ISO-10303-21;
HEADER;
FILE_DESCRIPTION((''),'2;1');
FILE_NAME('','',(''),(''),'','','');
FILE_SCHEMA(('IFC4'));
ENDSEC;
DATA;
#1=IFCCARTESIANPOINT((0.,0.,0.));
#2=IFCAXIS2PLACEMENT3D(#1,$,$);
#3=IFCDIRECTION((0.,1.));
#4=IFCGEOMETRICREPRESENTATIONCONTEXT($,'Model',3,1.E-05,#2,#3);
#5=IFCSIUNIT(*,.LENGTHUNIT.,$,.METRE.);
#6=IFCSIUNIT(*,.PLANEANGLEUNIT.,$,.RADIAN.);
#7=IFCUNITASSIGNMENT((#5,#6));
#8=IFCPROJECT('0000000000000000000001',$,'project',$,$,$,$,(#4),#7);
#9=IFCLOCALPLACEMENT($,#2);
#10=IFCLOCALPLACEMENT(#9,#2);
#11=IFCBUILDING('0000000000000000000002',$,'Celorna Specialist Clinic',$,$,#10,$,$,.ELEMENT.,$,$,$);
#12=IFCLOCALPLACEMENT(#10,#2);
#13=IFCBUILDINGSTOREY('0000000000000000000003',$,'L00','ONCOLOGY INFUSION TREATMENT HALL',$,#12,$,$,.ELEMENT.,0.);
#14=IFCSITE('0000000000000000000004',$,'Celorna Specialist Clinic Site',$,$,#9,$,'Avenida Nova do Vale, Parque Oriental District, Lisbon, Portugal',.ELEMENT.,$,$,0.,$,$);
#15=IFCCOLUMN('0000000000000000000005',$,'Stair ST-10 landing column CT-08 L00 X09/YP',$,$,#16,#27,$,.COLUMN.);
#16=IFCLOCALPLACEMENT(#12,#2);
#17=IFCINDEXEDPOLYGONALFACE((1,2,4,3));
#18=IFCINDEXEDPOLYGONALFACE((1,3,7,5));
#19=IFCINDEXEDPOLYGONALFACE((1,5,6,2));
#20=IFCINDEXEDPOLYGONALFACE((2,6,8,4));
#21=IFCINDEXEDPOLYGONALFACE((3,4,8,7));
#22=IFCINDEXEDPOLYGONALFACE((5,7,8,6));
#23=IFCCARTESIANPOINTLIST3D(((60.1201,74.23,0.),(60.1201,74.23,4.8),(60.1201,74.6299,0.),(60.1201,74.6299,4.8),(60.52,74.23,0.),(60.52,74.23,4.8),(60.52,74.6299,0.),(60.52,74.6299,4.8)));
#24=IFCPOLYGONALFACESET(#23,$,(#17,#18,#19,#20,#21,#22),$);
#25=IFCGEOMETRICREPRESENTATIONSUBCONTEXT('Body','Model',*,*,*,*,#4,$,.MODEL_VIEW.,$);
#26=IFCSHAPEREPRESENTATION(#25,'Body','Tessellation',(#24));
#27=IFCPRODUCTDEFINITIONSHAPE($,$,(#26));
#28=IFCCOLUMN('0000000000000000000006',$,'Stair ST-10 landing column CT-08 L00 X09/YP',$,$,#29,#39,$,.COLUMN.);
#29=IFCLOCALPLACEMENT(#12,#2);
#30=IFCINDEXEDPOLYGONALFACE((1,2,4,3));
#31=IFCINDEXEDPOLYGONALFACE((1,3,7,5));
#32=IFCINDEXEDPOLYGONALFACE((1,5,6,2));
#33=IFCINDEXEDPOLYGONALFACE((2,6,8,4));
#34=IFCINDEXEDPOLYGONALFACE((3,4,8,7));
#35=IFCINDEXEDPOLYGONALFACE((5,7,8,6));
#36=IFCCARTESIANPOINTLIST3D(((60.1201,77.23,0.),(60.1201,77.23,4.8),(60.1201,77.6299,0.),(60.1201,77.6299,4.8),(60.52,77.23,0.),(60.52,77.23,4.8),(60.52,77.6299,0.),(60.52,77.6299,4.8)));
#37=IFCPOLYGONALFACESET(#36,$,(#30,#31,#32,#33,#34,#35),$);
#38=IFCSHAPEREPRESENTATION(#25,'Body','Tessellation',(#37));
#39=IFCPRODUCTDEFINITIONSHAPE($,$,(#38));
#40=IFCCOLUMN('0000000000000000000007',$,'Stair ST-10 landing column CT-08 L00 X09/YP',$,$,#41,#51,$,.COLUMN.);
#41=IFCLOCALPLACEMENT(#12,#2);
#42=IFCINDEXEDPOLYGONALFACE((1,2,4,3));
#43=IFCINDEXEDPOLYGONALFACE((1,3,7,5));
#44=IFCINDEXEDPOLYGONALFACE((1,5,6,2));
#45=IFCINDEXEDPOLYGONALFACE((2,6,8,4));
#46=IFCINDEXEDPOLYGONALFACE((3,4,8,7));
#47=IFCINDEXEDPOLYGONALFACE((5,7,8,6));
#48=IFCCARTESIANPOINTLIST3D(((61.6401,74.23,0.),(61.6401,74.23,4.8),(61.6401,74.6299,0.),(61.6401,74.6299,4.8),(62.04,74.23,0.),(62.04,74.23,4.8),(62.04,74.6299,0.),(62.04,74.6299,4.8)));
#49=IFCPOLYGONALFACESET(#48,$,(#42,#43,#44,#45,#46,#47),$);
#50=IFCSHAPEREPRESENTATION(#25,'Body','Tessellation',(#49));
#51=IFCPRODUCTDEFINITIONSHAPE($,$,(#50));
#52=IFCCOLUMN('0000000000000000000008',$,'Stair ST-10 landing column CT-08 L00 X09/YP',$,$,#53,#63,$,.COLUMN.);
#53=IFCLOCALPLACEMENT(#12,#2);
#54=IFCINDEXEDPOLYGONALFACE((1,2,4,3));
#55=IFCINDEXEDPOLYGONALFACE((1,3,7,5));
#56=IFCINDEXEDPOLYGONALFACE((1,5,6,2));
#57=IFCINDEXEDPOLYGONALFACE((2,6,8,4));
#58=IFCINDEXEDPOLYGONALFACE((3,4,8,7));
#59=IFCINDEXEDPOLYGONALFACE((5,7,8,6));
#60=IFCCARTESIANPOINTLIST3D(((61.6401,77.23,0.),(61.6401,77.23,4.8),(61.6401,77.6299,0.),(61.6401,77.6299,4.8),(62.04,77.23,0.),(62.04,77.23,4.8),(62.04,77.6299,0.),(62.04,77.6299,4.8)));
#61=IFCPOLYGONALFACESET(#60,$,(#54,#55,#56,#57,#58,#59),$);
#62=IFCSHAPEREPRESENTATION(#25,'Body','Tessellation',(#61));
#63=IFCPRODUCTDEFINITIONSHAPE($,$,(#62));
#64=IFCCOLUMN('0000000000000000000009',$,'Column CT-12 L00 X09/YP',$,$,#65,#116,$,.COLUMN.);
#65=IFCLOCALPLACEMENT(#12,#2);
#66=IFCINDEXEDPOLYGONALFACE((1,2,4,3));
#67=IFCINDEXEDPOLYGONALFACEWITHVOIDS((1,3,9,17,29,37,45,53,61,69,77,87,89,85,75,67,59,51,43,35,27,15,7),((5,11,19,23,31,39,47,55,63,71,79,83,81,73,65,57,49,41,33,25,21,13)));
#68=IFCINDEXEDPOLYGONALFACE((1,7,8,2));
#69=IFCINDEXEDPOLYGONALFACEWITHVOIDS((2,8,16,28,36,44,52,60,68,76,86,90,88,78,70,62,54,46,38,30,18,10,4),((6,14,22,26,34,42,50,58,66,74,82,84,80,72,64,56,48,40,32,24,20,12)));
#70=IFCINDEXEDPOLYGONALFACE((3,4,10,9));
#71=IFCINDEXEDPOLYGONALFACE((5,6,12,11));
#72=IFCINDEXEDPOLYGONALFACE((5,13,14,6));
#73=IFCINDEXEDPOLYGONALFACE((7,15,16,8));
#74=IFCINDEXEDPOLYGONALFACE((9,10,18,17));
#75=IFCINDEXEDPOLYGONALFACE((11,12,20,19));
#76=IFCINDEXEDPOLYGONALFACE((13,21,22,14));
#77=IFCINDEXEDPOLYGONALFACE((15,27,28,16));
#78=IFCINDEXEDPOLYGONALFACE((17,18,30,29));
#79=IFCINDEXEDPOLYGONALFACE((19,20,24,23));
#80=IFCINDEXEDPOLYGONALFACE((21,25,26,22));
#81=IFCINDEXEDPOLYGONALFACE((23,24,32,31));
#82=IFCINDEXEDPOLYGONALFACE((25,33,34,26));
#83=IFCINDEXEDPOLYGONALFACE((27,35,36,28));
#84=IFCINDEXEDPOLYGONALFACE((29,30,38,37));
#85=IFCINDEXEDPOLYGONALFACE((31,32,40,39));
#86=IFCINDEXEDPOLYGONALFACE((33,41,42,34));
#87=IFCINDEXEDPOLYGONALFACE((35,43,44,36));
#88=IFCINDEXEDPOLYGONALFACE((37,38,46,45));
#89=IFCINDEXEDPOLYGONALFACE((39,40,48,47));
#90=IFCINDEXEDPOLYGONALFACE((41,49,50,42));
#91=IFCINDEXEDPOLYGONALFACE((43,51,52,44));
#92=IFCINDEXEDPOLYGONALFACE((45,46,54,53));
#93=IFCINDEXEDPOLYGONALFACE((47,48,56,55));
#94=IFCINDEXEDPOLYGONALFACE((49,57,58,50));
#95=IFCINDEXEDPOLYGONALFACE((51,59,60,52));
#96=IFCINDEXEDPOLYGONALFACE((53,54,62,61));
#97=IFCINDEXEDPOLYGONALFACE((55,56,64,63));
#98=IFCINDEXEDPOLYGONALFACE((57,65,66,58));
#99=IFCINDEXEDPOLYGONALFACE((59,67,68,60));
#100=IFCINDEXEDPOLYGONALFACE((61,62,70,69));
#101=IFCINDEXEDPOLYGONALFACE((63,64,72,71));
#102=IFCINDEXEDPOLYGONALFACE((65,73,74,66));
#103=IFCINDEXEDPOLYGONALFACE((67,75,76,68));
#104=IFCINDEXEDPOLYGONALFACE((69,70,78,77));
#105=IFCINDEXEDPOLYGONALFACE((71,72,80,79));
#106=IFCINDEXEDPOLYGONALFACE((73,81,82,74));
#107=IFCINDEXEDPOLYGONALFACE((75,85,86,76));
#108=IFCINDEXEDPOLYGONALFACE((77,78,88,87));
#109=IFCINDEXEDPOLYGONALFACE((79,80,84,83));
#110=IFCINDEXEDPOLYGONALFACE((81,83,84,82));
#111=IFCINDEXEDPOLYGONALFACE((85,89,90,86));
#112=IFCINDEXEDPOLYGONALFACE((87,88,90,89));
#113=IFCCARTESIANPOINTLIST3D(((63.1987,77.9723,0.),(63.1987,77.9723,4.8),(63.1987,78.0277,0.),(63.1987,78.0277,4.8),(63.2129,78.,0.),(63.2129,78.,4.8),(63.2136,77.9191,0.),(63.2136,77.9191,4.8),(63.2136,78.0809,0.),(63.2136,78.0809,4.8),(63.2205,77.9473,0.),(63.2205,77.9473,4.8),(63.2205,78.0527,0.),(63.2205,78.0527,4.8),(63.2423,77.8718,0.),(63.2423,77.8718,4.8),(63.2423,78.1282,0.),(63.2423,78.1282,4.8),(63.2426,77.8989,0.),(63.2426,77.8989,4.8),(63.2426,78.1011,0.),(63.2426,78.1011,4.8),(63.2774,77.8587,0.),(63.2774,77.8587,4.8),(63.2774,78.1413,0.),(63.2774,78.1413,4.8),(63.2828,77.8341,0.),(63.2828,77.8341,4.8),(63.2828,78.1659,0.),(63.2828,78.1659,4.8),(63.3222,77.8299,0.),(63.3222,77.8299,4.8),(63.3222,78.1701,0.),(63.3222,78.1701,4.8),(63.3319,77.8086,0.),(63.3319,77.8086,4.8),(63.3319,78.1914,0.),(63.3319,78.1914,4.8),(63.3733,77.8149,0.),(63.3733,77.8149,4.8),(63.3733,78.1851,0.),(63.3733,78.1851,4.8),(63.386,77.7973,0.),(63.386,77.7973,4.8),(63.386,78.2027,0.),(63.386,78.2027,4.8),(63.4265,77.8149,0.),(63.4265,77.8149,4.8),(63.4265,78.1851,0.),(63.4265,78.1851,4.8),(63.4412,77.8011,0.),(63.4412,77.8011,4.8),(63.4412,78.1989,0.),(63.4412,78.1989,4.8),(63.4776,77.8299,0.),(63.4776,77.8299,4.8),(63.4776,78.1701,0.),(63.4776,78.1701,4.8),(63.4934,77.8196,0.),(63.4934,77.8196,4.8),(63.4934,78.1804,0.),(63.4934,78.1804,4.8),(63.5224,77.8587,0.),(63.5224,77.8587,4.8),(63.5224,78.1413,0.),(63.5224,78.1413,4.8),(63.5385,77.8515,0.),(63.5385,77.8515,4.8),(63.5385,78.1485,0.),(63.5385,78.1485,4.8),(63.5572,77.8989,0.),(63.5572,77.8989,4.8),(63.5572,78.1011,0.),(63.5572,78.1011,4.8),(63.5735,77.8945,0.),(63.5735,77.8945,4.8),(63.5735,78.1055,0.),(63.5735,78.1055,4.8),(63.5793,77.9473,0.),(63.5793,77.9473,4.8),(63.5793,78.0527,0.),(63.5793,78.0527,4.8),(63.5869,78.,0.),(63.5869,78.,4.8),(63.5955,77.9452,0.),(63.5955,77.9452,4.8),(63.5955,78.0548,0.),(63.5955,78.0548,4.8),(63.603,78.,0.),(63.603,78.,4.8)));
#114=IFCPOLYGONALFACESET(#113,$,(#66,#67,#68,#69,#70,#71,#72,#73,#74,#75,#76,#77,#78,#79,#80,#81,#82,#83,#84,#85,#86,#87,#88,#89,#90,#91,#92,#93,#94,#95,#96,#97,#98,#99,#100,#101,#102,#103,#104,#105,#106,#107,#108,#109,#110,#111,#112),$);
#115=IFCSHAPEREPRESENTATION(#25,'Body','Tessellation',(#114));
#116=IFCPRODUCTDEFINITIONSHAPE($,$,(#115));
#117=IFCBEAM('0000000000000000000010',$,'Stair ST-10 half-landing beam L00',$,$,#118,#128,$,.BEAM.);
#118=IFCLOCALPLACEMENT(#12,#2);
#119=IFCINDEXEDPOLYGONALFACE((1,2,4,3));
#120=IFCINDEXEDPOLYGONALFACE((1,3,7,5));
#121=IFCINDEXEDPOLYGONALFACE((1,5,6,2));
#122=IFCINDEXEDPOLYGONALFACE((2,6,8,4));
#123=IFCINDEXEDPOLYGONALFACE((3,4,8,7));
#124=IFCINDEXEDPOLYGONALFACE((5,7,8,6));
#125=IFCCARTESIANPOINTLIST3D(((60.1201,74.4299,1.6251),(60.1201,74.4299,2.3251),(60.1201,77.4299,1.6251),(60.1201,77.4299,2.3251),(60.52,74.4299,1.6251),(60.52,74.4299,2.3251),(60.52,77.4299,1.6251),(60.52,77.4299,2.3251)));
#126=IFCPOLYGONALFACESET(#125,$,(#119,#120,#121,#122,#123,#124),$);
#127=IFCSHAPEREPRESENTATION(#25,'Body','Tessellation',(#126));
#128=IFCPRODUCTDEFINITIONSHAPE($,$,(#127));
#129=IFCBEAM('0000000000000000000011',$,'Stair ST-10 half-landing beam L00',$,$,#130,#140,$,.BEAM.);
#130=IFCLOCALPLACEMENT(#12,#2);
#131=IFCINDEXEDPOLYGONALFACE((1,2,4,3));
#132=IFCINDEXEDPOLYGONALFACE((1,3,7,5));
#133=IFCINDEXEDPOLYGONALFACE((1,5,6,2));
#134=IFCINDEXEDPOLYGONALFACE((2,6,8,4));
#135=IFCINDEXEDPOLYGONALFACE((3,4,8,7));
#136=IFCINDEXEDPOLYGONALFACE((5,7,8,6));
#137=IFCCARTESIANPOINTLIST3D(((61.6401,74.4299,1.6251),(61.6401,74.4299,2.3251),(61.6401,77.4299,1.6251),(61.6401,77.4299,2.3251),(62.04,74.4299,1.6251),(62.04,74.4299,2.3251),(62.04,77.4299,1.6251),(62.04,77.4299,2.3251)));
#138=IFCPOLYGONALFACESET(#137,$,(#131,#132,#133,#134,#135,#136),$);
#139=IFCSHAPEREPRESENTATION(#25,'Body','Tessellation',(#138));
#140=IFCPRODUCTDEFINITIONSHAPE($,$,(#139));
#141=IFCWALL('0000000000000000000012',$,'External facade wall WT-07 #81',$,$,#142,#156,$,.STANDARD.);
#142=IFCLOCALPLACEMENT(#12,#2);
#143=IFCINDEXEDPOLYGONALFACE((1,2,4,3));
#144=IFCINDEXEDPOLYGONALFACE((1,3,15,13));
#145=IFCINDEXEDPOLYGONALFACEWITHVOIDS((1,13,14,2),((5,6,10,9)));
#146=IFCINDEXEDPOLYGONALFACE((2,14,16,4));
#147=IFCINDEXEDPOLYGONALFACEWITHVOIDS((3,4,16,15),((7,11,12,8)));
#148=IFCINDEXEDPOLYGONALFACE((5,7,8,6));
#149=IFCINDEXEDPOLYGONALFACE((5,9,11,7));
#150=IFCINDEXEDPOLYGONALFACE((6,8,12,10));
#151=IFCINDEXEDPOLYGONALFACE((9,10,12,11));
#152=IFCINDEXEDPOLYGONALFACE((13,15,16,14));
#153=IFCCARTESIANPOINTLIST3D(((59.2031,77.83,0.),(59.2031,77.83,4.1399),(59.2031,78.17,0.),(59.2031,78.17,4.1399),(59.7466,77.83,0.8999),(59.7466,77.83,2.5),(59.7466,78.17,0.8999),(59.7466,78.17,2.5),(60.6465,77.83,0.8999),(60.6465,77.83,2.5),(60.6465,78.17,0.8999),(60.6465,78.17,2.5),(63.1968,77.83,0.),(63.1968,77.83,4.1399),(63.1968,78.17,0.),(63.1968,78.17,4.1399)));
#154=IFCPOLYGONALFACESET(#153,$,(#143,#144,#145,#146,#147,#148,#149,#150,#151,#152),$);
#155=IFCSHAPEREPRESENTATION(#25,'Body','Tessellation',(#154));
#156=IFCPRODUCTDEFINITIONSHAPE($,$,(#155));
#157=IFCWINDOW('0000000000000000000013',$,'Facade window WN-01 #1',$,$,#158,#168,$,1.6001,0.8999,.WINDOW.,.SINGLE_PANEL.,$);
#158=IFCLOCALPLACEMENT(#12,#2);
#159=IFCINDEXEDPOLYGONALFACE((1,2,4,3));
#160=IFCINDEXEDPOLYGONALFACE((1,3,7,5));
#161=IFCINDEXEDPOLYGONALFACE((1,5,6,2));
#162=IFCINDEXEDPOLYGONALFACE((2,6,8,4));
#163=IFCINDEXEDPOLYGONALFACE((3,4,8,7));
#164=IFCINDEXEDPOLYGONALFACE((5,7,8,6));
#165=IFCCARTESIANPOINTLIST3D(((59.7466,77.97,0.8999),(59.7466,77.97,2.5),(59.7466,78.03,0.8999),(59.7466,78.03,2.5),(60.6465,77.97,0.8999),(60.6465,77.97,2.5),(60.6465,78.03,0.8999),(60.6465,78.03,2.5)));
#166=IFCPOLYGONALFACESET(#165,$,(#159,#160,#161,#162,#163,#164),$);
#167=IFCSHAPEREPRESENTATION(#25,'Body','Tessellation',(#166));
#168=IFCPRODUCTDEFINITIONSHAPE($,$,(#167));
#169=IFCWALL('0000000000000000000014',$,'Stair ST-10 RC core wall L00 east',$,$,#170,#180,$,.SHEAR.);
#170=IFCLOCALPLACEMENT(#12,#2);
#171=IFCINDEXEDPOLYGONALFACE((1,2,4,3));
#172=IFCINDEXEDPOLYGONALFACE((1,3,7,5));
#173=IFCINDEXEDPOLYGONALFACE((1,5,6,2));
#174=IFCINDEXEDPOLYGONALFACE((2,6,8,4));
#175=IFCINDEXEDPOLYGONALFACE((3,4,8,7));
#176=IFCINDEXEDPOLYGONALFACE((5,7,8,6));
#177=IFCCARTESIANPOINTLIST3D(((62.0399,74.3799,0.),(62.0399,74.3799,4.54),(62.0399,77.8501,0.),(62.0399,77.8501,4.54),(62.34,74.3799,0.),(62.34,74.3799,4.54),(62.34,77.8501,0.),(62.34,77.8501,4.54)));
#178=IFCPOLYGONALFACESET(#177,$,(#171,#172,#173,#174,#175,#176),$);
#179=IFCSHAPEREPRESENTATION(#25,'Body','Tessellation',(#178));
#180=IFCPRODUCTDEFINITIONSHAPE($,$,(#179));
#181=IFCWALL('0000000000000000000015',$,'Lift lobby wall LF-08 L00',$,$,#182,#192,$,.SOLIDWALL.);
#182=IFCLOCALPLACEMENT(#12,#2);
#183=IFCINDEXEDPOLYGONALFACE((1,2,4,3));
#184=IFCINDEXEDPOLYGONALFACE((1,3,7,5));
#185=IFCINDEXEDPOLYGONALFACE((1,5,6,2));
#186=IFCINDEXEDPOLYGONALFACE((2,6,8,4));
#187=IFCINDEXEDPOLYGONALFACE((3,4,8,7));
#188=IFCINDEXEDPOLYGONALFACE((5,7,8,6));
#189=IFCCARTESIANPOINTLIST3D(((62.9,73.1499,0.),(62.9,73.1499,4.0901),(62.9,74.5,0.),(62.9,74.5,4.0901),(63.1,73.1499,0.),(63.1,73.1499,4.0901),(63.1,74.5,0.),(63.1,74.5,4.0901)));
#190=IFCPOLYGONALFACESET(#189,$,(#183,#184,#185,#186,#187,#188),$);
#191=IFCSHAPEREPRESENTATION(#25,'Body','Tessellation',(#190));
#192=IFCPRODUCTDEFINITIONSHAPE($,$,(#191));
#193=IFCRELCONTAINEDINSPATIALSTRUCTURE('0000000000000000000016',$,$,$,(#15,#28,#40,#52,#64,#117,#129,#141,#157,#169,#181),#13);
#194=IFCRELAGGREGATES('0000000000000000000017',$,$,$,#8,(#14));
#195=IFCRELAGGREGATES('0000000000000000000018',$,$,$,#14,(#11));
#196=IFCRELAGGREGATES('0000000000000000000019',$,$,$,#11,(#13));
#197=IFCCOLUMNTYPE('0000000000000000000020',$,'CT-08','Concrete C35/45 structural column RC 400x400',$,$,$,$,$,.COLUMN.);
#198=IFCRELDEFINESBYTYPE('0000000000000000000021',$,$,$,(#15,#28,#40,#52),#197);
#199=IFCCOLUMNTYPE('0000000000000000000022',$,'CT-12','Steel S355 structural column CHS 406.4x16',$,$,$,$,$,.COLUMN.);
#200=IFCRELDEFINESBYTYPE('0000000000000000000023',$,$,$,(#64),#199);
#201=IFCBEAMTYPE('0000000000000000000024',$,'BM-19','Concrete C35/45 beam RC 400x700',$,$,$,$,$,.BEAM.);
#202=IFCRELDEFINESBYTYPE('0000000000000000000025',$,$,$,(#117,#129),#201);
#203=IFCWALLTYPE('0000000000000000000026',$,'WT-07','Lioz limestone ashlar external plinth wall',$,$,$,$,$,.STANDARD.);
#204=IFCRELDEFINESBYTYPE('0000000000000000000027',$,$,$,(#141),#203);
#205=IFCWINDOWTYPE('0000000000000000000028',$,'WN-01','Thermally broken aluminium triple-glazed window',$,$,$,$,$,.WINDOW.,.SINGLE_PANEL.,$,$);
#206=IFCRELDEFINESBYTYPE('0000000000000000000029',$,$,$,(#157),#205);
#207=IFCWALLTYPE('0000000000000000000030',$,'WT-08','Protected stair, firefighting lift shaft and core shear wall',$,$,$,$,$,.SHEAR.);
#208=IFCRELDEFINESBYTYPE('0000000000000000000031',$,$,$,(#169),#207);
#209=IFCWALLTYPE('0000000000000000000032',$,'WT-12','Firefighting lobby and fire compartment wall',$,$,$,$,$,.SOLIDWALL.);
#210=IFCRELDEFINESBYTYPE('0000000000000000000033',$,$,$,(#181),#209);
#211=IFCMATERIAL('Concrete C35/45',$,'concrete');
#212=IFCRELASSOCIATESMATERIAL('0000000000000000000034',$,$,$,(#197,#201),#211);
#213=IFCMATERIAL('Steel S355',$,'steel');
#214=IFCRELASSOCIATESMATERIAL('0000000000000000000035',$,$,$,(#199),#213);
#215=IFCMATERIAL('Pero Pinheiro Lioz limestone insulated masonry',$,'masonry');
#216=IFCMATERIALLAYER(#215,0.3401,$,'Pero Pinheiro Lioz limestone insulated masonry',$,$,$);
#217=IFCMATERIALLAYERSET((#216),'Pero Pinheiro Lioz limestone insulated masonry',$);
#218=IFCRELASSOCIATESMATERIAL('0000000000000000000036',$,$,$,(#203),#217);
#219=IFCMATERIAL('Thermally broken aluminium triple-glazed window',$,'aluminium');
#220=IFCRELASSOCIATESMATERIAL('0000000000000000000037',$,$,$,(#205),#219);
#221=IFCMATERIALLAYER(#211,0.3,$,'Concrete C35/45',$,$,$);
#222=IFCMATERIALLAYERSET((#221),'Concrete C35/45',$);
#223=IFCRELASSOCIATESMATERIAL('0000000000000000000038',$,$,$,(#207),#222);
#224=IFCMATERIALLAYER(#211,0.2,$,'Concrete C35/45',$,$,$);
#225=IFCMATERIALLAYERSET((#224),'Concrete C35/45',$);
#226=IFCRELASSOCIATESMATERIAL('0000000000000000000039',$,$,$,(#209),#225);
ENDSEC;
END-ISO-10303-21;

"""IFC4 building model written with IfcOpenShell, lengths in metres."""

from ifc_helpers import new_model, si_unit, direction, frame, frame_2d, origin, origin_2d, place, context, subcontext, project, spatial, rectangle, hollow_circle, extrude, material, layer, layer_set, material_profile, profile_set, type_object, element, fill, save


model = new_model("IFC4")

# Units and contexts
model_context = context("Model", 3, precision=1e-05, world=origin(), true_north=direction((0.0, 1.0)))
body_context = subcontext(model_context, "Body", "Model", "MODEL_VIEW")
ifc_project = project(units=[si_unit("LENGTHUNIT", "METRE"), si_unit("PLANEANGLEUNIT", "RADIAN")], contexts=[model_context])

# Site, building, storey
site_placement = place(None, origin())
site = spatial("IfcSite", under=ifc_project, at=site_placement, Name="Celorna Specialist Clinic Site", LongName="Avenida Nova do Vale, Parque Oriental District, Lisbon, Portugal", CompositionType="ELEMENT", RefElevation=0.0)
building_placement = place(site_placement, origin())
building = spatial("IfcBuilding", under=site, at=building_placement, Name="Celorna Specialist Clinic", CompositionType="ELEMENT")
storey_placement = place(building_placement, origin())
storey = spatial("IfcBuildingStorey", under=building, at=storey_placement, Name="L00", Description="ONCOLOGY INFUSION TREATMENT HALL", CompositionType="ELEMENT", Elevation=0.0)

# Columns
ifc_material_1 = material(Name="Concrete C35/45", Category="concrete")
ifc_material_profile_1 = material_profile(ifc_material_1, rectangle(XDim=0.3999, YDim=0.3999, at=origin_2d()), Name="RC 400x400")
ifc_profile_set_1 = profile_set([ifc_material_profile_1], Name="Concrete C35/45")
column_type_1 = type_object("IfcColumnType", Name="CT-08", Description="Concrete C35/45 structural column RC 400x400", PredefinedType="COLUMN", material=ifc_profile_set_1)
for number, where, z_axis, x_axis, name in (
    (1, (60.3201, 74.4299, 0.0), (0.0, 0.0, 1.0), (1.0, 0.0, 0.0), "Stair ST-10 landing column CT-08 L00 X09/YP"),
    (2, (60.3201, 77.4299, 0.0), (0.0, 0.0, 1.0), (1.0, 0.0, 0.0), "Stair ST-10 landing column CT-08 L00 X09/YP"),
    (3, (61.8401, 74.4299, 0.0), (0.0, 0.0, 1.0), (1.0, 0.0, 0.0), "Stair ST-10 landing column CT-08 L00 X09/YP"),
    (4, (61.8401, 77.4299, 0.0), (0.0, 0.0, 1.0), (1.0, 0.0, 0.0), "Stair ST-10 landing column CT-08 L00 X09/YP"),
):
    element("IfcColumn", number, at=place(storey_placement, frame(where, z_axis=z_axis, x_axis=x_axis)), inside=storey, type_object=column_type_1, Name=name, PredefinedType="COLUMN", context=body_context, shape_type="SweptSolid", body=[
        extrude(rectangle(XDim=0.3999, YDim=0.3999, at=origin_2d()), origin(), (0.0, 0.0, 1.0), 4.8),
    ])
ifc_material_2 = material(Name="Steel S355", Category="steel")
ifc_material_profile_2 = material_profile(ifc_material_2, hollow_circle(Radius=0.2031, WallThickness=0.0161, at=origin_2d()), Name="CHS 406.4x16")
ifc_profile_set_2 = profile_set([ifc_material_profile_2], Name="Steel S355")
column_type_2 = type_object("IfcColumnType", Name="CT-12", Description="Steel S355 structural column CHS 406.4x16", PredefinedType="COLUMN", material=ifc_profile_set_2)
column_placement = place(storey_placement, frame((63.3999, 78.0, 0.0), z_axis=(0.0, 0.0, 1.0), x_axis=(1.0, 0.0, 0.0)))
element("IfcColumn", 5, at=column_placement, inside=storey, type_object=column_type_2, Name="Column CT-12 L00 X09/YP", PredefinedType="COLUMN", context=body_context, shape_type="SweptSolid", body=[
    extrude(hollow_circle(Radius=0.2031, WallThickness=0.0161, at=origin_2d()), origin(), (0.0, 0.0, 1.0), 4.8),
])

# Beams
ifc_material_profile_3 = material_profile(ifc_material_1, rectangle(XDim=0.3999, YDim=0.7, at=origin_2d()), Name="RC 400x700")
ifc_profile_set_3 = profile_set([ifc_material_profile_3], Name="Concrete C35/45")
beam_type = type_object("IfcBeamType", Name="BM-19", Description="Concrete C35/45 beam RC 400x700", PredefinedType="BEAM", material=ifc_profile_set_3)
for number, where, z_axis, x_axis, name in (
    (6, (60.3201, 74.4299, 1.9751), (0.0, 1.0, 0.0), (-1.0, 0.0, 0.0), "Stair ST-10 half-landing beam L00"),
    (7, (61.8401, 74.4299, 1.9751), (0.0, 1.0, 0.0), (-1.0, 0.0, 0.0), "Stair ST-10 half-landing beam L00"),
):
    element("IfcBeam", number, at=place(storey_placement, frame(where, z_axis=z_axis, x_axis=x_axis)), inside=storey, type_object=beam_type, Name=name, PredefinedType="BEAM", context=body_context, shape_type="SweptSolid", body=[
        extrude(rectangle(XDim=0.3999, YDim=0.7, at=origin_2d()), origin(), (0.0, 0.0, 1.0), 3.0),
    ])

# Wall, opening, window
ifc_material_3 = material(Name="Pero Pinheiro Lioz limestone insulated masonry", Category="masonry")
ifc_layer_1 = layer(ifc_material_3, 0.3401, Name="Pero Pinheiro Lioz limestone insulated masonry")
ifc_layer_set_1 = layer_set([ifc_layer_1], Name="Pero Pinheiro Lioz limestone insulated masonry")
wall_type_1 = type_object("IfcWallType", Name="WT-07", Description="Lioz limestone ashlar external plinth wall", PredefinedType="STANDARD", material=ifc_layer_set_1)
wall_1_placement = place(storey_placement, frame((59.2031, 78.0, 0.0), z_axis=(0.0, 0.0, 1.0), x_axis=(1.0, 0.0, 0.0)))
wall_1 = element("IfcWall", 8, at=wall_1_placement, inside=storey, type_object=wall_type_1, Name="External facade wall WT-07 #81", PredefinedType="STANDARD", context=body_context, shape_type="SweptSolid", body=[
    extrude(rectangle(XDim=3.9937, YDim=0.3401, at=frame_2d((1.9968, 0.0))), origin(), (0.0, 0.0, 1.0), 4.1399),
])
opening_placement = place(wall_1_placement, frame((0.5435, 0.0, 0.8999)))
opening = element("IfcOpeningElement", 9, at=opening_placement, cuts=wall_1, PredefinedType="OPENING", context=body_context, shape_type="SweptSolid", body=[
    extrude(rectangle(XDim=0.8999, YDim=1.6001, at=frame_2d((0.45, 0.8))), frame((0.0, 0.1799, 0.0), z_axis=(0.0, -1.0, 0.0), x_axis=(1.0, 0.0, 0.0)), (0.0, 0.0, 1.0), 0.3601),
])
ifc_material_4 = material(Name="Thermally broken aluminium triple-glazed window", Category="aluminium")
window_type = type_object("IfcWindowType", Name="WN-01", Description="Thermally broken aluminium triple-glazed window", PartitioningType="SINGLE_PANEL", PredefinedType="WINDOW", material=ifc_material_4)
window_placement = place(opening_placement, origin())
window = element("IfcWindow", 10, at=window_placement, inside=storey, type_object=window_type, Name="Facade window WN-01 #1", OverallHeight=1.6001, OverallWidth=0.8999, PartitioningType="SINGLE_PANEL", PredefinedType="WINDOW", context=body_context, shape_type="SweptSolid", body=[
    extrude(rectangle(XDim=0.8999, YDim=1.6001, at=frame_2d((0.45, 0.8))), frame((0.0, 0.03, 0.0), z_axis=(0.0, -1.0, 0.0), x_axis=(1.0, 0.0, 0.0)), (0.0, 0.0, 1.0), 0.0601),
])
fill(opening, window)

# Walls
ifc_layer_2 = layer(ifc_material_1, 0.3, Name="Concrete C35/45")
ifc_layer_set_2 = layer_set([ifc_layer_2], Name="Concrete C35/45")
wall_type_2 = type_object("IfcWallType", Name="WT-08", Description="Protected stair, firefighting lift shaft and core shear wall", PredefinedType="SHEAR", material=ifc_layer_set_2)
wall_2_placement = place(storey_placement, frame((62.1899, 74.3799, 0.0), z_axis=(0.0, 0.0, 1.0), x_axis=(0.0, 1.0, 0.0)))
element("IfcWall", 11, at=wall_2_placement, inside=storey, type_object=wall_type_2, Name="Stair ST-10 RC core wall L00 east", PredefinedType="SHEAR", context=body_context, shape_type="SweptSolid", body=[
    extrude(rectangle(XDim=3.4702, YDim=0.3, at=frame_2d((1.7351, 0.0))), origin(), (0.0, 0.0, 1.0), 4.54),
])
ifc_layer_3 = layer(ifc_material_1, 0.2, Name="Concrete C35/45")
ifc_layer_set_3 = layer_set([ifc_layer_3], Name="Concrete C35/45")
wall_type_3 = type_object("IfcWallType", Name="WT-12", Description="Firefighting lobby and fire compartment wall", PredefinedType="SOLIDWALL", material=ifc_layer_set_3)
wall_3_placement = place(storey_placement, frame((63.0, 74.5, 0.0), z_axis=(0.0, 0.0, 1.0), x_axis=(0.0, -1.0, 0.0)))
element("IfcWall", 12, at=wall_3_placement, inside=storey, type_object=wall_type_3, Name="Lift lobby wall LF-08 L00", PredefinedType="SOLIDWALL", context=body_context, shape_type="SweptSolid", body=[
    extrude(rectangle(XDim=1.3501, YDim=0.2, at=frame_2d((0.675, 0.0))), origin(), (0.0, 0.0, 1.0), 4.0901),
])

save(model, "model.ifc")
